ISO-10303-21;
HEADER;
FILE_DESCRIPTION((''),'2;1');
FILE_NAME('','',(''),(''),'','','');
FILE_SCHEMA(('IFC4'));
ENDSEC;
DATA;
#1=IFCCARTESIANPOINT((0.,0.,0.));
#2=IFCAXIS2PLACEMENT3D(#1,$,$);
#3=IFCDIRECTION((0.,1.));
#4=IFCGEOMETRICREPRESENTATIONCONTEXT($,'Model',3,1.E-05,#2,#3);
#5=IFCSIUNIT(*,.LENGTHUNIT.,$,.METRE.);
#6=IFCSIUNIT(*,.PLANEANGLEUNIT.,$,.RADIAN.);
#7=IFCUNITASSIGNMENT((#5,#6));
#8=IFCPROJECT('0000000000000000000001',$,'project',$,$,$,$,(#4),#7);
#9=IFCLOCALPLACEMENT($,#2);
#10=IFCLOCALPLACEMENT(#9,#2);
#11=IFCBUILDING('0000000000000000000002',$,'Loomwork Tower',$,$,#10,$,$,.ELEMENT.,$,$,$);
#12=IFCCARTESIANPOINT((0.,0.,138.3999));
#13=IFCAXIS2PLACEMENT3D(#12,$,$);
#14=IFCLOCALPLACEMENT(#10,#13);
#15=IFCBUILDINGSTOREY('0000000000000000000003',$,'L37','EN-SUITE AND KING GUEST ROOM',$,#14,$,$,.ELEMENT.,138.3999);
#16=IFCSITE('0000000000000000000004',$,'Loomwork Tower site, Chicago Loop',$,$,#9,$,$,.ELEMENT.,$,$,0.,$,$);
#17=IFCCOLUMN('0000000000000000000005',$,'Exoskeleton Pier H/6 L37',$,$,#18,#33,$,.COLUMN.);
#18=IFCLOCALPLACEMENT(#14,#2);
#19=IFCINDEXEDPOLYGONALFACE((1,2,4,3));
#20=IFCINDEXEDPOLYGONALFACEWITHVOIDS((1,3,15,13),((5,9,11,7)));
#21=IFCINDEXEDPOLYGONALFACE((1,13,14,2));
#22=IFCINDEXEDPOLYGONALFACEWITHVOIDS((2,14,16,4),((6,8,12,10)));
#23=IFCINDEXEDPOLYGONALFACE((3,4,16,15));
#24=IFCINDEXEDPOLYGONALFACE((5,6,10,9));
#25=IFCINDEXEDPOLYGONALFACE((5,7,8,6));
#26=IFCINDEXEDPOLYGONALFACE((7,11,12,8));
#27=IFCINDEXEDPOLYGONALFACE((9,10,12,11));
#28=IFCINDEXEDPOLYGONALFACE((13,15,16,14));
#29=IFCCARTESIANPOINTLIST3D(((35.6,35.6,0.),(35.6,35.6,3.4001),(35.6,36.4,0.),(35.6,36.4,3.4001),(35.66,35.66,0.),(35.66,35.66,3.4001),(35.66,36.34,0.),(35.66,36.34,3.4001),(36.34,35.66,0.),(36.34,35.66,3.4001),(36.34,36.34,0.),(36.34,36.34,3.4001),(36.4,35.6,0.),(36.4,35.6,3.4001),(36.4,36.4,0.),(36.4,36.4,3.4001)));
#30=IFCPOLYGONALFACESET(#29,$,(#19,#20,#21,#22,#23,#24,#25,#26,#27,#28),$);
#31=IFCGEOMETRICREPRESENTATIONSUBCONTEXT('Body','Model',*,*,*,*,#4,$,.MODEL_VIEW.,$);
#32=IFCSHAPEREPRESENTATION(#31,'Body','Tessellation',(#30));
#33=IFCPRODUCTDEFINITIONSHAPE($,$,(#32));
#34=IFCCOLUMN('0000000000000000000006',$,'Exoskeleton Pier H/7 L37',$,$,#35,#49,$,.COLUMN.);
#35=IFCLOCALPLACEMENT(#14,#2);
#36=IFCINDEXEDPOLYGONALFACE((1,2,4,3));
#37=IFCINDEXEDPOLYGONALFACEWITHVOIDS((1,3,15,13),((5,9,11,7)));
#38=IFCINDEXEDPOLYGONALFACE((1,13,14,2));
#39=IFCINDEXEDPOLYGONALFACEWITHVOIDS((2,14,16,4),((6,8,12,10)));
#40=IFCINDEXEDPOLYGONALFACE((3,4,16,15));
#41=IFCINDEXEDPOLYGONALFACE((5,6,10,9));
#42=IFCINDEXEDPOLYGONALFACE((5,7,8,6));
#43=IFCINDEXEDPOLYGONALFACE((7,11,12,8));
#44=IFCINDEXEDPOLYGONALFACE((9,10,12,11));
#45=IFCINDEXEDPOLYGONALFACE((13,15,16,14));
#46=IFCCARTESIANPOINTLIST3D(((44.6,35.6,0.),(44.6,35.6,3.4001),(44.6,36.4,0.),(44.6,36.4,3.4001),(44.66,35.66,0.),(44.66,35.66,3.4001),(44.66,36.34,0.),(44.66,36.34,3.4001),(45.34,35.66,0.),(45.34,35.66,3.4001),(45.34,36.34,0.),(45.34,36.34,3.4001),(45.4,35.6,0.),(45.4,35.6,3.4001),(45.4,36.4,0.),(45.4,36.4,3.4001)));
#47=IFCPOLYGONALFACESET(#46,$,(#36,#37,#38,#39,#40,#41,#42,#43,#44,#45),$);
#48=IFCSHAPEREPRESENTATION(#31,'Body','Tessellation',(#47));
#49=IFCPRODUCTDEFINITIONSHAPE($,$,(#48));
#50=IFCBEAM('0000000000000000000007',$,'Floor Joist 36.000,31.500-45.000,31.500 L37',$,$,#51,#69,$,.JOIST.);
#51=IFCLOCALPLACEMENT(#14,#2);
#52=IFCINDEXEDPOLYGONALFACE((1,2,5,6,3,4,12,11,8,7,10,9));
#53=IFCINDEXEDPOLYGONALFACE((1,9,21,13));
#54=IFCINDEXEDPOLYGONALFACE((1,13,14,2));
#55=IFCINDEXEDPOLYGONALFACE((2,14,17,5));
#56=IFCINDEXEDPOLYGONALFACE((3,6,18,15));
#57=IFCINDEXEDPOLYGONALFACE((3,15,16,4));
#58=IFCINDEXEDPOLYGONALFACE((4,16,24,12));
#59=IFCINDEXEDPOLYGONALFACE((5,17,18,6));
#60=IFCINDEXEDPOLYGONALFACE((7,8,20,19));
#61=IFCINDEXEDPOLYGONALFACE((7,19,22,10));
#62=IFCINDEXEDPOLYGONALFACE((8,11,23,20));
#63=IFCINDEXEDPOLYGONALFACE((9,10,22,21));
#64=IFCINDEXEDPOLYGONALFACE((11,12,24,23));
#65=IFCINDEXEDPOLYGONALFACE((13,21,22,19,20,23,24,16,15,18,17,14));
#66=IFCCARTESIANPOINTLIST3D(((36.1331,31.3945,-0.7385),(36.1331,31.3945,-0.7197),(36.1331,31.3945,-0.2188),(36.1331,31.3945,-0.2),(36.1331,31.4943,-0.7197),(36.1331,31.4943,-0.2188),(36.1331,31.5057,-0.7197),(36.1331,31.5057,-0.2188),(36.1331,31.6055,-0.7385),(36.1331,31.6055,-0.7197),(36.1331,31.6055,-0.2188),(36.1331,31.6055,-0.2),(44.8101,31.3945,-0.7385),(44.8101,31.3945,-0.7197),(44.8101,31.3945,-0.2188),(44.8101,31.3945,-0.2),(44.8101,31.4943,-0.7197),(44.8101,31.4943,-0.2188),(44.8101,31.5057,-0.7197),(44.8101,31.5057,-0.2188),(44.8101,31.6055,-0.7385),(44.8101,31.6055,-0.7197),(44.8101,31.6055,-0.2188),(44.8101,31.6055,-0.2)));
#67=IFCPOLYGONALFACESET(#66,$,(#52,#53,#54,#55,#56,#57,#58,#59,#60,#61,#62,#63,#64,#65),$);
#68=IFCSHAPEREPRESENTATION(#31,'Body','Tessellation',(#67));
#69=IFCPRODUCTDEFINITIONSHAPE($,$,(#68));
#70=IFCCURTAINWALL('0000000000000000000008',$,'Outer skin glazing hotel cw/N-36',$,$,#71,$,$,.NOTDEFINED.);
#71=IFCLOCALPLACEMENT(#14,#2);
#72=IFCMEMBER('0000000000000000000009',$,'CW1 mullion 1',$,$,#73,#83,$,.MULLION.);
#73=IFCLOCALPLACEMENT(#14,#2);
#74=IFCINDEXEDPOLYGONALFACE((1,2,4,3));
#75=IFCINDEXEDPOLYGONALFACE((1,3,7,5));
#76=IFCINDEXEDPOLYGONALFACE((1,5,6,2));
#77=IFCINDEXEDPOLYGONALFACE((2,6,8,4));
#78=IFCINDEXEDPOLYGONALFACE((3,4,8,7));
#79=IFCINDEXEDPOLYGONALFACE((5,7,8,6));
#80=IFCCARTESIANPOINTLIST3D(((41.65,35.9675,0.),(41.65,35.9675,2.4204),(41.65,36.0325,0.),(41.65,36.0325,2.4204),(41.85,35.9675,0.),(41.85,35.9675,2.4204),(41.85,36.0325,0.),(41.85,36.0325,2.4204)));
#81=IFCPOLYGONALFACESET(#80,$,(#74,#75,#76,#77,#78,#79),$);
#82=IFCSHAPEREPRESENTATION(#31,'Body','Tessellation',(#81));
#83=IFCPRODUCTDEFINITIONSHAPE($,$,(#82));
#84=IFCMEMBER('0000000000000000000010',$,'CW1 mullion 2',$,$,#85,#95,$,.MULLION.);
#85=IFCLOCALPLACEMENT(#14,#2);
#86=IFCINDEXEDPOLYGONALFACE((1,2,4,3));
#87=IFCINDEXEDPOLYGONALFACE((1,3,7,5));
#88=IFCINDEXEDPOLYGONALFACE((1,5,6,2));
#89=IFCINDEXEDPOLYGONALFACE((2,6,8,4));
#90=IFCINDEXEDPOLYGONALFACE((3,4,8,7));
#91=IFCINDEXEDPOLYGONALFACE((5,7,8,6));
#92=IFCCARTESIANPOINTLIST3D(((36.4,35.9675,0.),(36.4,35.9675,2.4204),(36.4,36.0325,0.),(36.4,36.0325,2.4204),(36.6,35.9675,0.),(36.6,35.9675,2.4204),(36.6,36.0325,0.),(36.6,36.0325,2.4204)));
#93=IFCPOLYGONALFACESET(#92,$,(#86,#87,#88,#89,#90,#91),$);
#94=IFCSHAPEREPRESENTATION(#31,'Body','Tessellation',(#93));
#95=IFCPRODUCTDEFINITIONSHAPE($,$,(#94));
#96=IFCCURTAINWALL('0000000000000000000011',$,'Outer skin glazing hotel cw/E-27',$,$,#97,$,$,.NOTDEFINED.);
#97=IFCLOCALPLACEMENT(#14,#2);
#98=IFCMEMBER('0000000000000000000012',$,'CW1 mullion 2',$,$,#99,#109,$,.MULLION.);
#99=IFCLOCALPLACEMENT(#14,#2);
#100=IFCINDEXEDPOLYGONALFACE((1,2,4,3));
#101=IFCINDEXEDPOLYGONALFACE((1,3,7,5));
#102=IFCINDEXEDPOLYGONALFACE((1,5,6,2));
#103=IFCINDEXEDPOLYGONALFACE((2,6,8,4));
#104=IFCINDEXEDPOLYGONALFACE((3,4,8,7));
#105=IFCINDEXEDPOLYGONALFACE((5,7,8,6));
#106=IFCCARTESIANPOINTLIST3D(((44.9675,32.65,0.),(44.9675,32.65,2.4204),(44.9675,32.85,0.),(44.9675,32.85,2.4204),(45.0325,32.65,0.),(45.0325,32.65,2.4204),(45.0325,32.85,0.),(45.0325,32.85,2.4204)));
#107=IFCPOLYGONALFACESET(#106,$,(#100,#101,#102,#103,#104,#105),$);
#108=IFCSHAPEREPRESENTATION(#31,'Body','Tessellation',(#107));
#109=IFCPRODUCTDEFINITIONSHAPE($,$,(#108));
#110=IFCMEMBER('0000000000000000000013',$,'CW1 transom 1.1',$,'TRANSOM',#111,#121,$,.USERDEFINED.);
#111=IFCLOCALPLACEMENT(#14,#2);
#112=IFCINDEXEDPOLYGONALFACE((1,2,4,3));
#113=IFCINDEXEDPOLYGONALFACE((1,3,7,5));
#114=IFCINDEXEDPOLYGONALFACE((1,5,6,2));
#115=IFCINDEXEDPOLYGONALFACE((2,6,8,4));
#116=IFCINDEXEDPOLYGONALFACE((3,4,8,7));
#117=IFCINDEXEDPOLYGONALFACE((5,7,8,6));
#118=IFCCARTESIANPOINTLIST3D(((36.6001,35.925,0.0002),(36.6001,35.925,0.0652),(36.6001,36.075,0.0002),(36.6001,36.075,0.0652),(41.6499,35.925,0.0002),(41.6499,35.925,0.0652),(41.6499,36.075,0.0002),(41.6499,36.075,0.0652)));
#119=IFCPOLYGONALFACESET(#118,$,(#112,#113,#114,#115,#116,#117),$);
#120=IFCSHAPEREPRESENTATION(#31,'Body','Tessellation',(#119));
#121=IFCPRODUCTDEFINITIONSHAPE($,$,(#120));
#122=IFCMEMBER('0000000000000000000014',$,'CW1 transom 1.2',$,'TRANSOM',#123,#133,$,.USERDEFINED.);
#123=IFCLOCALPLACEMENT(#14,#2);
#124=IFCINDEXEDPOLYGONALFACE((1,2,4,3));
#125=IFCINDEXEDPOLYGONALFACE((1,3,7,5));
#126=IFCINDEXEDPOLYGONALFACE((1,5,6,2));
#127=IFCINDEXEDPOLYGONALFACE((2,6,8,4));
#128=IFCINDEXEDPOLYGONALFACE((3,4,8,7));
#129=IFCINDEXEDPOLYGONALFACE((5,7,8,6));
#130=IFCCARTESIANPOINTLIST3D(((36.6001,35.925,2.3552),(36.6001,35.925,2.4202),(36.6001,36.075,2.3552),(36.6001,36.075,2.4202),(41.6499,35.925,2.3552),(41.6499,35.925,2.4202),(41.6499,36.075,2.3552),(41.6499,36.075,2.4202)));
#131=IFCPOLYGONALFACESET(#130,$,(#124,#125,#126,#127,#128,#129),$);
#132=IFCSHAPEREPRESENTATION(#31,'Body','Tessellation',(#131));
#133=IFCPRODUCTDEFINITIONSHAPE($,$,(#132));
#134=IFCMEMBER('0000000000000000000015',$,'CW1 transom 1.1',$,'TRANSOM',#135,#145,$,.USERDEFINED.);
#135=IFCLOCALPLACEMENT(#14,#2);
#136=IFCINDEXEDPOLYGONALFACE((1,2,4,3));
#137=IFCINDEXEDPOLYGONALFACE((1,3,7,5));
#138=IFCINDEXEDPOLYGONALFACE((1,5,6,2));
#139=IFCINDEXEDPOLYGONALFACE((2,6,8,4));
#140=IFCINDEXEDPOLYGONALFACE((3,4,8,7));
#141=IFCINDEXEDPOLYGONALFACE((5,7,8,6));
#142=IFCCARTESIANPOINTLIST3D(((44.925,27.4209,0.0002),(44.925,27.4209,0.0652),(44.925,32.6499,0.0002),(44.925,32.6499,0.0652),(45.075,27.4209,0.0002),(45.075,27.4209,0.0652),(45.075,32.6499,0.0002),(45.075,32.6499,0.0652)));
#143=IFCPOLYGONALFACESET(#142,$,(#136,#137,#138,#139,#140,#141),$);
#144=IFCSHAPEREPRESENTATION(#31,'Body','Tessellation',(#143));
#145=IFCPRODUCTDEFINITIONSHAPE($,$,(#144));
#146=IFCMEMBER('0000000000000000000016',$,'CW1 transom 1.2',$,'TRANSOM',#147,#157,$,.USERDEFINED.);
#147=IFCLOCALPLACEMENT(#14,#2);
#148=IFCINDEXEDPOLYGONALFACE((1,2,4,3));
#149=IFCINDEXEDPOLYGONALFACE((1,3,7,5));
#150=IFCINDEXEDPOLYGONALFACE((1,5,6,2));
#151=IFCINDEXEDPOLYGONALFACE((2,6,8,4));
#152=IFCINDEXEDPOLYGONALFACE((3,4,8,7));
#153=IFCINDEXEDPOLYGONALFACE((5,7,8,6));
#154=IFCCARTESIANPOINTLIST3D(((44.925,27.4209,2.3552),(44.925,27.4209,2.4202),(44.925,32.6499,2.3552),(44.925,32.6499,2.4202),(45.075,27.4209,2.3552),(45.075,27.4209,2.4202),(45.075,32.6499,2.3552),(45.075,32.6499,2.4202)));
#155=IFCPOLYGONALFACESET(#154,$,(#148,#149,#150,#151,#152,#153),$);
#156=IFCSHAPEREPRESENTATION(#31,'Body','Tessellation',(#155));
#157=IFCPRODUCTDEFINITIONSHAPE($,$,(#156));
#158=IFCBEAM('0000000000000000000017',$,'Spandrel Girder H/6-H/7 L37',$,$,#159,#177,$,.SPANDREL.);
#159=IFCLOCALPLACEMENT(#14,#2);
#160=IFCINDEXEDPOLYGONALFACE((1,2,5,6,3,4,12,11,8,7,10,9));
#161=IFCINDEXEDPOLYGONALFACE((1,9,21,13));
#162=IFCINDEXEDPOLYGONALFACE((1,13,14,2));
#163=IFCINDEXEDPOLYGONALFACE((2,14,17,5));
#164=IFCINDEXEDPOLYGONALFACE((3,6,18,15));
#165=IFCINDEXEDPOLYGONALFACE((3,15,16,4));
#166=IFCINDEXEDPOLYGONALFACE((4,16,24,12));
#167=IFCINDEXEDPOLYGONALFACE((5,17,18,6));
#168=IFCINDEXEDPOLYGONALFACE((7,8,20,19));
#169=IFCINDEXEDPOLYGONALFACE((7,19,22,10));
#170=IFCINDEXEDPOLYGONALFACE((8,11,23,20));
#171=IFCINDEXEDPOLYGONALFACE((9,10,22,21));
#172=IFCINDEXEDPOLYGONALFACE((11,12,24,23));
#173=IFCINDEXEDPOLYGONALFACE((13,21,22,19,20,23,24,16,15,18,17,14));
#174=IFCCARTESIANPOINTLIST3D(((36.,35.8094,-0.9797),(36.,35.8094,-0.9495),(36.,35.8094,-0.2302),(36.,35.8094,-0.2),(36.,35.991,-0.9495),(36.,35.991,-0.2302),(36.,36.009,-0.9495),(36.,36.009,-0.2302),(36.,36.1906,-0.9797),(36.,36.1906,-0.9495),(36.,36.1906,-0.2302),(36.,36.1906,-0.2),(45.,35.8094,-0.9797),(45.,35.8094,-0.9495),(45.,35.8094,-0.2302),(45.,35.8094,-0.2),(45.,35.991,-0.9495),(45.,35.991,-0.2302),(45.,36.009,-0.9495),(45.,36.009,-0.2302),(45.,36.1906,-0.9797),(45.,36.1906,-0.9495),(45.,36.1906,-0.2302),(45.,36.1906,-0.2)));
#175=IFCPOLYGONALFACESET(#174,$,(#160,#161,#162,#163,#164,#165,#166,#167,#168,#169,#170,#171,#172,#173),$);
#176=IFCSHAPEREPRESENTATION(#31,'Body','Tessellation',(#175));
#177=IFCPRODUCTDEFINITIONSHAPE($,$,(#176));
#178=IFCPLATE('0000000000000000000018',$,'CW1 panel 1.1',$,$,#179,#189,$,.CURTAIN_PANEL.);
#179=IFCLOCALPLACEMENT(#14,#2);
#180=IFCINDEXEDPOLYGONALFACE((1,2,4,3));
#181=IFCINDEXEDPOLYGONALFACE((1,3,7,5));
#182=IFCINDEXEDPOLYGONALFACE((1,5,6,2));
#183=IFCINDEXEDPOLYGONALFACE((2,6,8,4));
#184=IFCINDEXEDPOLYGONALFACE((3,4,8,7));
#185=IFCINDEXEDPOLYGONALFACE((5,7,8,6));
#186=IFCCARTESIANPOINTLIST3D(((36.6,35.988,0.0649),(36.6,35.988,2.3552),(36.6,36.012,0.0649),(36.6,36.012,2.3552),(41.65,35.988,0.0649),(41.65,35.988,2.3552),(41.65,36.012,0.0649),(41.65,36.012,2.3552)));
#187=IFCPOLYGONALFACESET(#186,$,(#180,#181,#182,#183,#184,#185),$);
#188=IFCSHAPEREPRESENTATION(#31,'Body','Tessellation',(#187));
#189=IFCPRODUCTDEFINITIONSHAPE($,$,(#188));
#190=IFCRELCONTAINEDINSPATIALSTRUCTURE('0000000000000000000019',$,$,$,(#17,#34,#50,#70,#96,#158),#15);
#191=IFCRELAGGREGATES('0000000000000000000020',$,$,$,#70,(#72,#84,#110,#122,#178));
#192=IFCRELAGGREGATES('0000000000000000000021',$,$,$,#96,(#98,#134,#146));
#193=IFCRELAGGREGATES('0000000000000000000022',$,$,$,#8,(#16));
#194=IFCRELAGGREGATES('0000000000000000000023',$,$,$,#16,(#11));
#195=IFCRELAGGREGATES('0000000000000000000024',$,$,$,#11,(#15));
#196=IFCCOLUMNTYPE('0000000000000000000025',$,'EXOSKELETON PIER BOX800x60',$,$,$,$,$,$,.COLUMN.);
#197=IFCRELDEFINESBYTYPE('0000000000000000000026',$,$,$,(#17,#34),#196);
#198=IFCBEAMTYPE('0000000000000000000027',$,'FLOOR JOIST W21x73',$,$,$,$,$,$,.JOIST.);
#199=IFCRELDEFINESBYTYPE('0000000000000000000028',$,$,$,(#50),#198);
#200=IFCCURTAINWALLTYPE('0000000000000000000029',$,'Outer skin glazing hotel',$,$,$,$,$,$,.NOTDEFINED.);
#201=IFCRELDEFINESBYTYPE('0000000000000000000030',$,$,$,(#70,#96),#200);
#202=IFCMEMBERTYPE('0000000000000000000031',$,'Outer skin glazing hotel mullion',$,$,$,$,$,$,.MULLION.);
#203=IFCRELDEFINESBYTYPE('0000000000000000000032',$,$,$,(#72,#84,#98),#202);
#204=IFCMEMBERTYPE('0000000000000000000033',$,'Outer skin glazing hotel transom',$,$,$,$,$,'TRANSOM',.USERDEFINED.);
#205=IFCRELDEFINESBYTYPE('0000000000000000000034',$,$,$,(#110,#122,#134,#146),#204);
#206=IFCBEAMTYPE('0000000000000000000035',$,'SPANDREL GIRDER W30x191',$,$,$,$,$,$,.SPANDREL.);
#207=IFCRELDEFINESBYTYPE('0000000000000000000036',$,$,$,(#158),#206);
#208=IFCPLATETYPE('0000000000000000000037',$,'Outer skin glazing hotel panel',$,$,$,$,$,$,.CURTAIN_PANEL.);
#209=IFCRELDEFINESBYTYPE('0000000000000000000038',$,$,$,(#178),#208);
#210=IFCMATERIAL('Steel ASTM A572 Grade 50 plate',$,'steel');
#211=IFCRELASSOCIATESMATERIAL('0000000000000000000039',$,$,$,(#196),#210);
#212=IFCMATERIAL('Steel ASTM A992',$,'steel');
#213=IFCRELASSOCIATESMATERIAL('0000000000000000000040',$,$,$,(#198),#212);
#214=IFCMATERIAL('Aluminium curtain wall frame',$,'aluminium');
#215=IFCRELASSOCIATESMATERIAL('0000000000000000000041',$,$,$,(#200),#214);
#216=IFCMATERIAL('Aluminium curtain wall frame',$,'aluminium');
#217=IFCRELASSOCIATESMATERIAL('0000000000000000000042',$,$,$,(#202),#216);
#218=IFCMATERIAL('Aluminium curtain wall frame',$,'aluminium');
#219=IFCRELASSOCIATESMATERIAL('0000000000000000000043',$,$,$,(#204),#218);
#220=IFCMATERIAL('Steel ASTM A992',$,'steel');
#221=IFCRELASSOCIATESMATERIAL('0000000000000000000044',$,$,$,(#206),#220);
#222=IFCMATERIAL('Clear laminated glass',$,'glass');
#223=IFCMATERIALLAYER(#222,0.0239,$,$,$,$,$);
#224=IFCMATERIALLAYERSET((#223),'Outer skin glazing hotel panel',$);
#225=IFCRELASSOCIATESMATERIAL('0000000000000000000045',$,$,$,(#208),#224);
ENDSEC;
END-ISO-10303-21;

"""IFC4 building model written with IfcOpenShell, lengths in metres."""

from ifc_helpers import new_model, si_unit, direction, frame, origin, origin_2d, place, context, subcontext, project, spatial, rectangle, hollow_rectangle, i_section, extrude, material, layer, layer_set, material_profile, profile_set, type_object, element, aggregate, save


model = new_model("IFC4")

# Units and contexts
model_context = context("Model", 3, precision=1e-05, world=origin(), true_north=direction((0.0, 1.0)))
body_context = subcontext(model_context, "Body", "Model", "MODEL_VIEW")
ifc_project = project(units=[si_unit("LENGTHUNIT", "METRE"), si_unit("PLANEANGLEUNIT", "RADIAN")], contexts=[model_context])

# Site, building, storey
site_placement = place(None, origin())
site = spatial("IfcSite", under=ifc_project, at=site_placement, Name="Loomwork Tower site, Chicago Loop", CompositionType="ELEMENT", RefElevation=0.0)
building_placement = place(site_placement, origin())
building = spatial("IfcBuilding", under=site, at=building_placement, Name="Loomwork Tower", CompositionType="ELEMENT")
storey_placement = place(building_placement, frame((0.0, 0.0, 138.3999)))
storey = spatial("IfcBuildingStorey", under=building, at=storey_placement, Name="L37", Description="EN-SUITE AND KING GUEST ROOM", CompositionType="ELEMENT", Elevation=138.3999)

# Columns
ifc_material_1 = material(Name="Steel ASTM A572 Grade 50 plate", Category="steel")
ifc_material_profile_1 = material_profile(ifc_material_1, hollow_rectangle(XDim=0.8, YDim=0.8, WallThickness=0.0601, at=origin_2d()), Name="BOX800x60")
ifc_profile_set_1 = profile_set([ifc_material_profile_1], Name="Steel ASTM A572 Grade 50 plate")
column_type = type_object("IfcColumnType", Name="EXOSKELETON PIER BOX800x60", PredefinedType="COLUMN", material=ifc_profile_set_1)
for number, where, z_axis, x_axis, name in (
    (1, (36.0, 36.0, 0.0), (0.0, 0.0, 1.0), (1.0, 0.0, 0.0), "Exoskeleton Pier H/6 L37"),
    (2, (45.0, 36.0, 0.0), (0.0, 0.0, 1.0), (1.0, 0.0, 0.0), "Exoskeleton Pier H/7 L37"),
):
    element("IfcColumn", number, at=place(storey_placement, frame(where, z_axis=z_axis, x_axis=x_axis)), inside=storey, type_object=column_type, Name=name, PredefinedType="COLUMN", context=body_context, shape_type="SweptSolid", body=[
        extrude(hollow_rectangle(XDim=0.8, YDim=0.8, WallThickness=0.0601, at=origin_2d()), origin(), (0.0, 0.0, 1.0), 3.4001),
    ])

# Beam
ifc_material_2 = material(Name="Steel ASTM A992", Category="steel")
ifc_material_profile_2 = material_profile(ifc_material_2, i_section(OverallWidth=0.2109, OverallDepth=0.5386, WebThickness=0.0115, FlangeThickness=0.0188, at=origin_2d()), Name="W21x73")
ifc_profile_set_2 = profile_set([ifc_material_profile_2], Name="Steel ASTM A992")
beam_type_1 = type_object("IfcBeamType", Name="FLOOR JOIST W21x73", PredefinedType="JOIST", material=ifc_profile_set_2)
beam_1_placement = place(storey_placement, frame((36.1331, 31.5, -0.4692), z_axis=(1.0, 0.0, 0.0), x_axis=(0.0, 1.0, 0.0)))
element("IfcBeam", 3, at=beam_1_placement, inside=storey, type_object=beam_type_1, Name="Floor Joist 36.000,31.500-45.000,31.500 L37", PredefinedType="JOIST", context=body_context, shape_type="SweptSolid", body=[
    extrude(i_section(OverallWidth=0.2109, OverallDepth=0.5386, WebThickness=0.0115, FlangeThickness=0.0188, at=origin_2d()), origin(), (0.0, 0.0, 1.0), 8.677),
])

# Curtain wall, members
ifc_material_3 = material(Name="Aluminium curtain wall frame", Category="aluminium")
curtain_wall_type = type_object("IfcCurtainWallType", Name="Outer skin glazing hotel", PredefinedType="NOTDEFINED", material=ifc_material_3)
curtain_wall_1_placement = place(storey_placement, origin())
curtain_wall_1 = element("IfcCurtainWall", 4, at=curtain_wall_1_placement, inside=storey, type_object=curtain_wall_type, Name="Outer skin glazing hotel cw/N-36", PredefinedType="NOTDEFINED")
ifc_material_4 = material(Name="Aluminium curtain wall frame", Category="aluminium")
ifc_material_profile_3 = material_profile(ifc_material_4, rectangle(XDim=0.0649, YDim=0.2, at=origin_2d()), Name="AL 65x200")
ifc_profile_set_3 = profile_set([ifc_material_profile_3], Name="Aluminium curtain wall frame")
member_type_1 = type_object("IfcMemberType", Name="Outer skin glazing hotel mullion", PredefinedType="MULLION", material=ifc_profile_set_3)
member_1_placement = place(storey_placement, frame((41.75, 36.0, 0.0), z_axis=(0.0, 0.0, 1.0), x_axis=(0.0, -1.0, 0.0)))
member_1 = element("IfcMember", 5, at=member_1_placement, type_object=member_type_1, Name="CW1 mullion 1", PredefinedType="MULLION", context=body_context, shape_type="SweptSolid", body=[
    extrude(rectangle(XDim=0.0649, YDim=0.2, at=origin_2d()), origin(), (0.0, 0.0, 1.0), 2.4204),
])
member_2_placement = place(storey_placement, frame((36.5, 36.0, 0.0), z_axis=(0.0, 0.0, 1.0), x_axis=(0.0, -1.0, 0.0)))
member_2 = element("IfcMember", 6, at=member_2_placement, type_object=member_type_1, Name="CW1 mullion 2", PredefinedType="MULLION", context=body_context, shape_type="SweptSolid", body=[
    extrude(rectangle(XDim=0.0649, YDim=0.2, at=origin_2d()), origin(), (0.0, 0.0, 1.0), 2.4204),
])

# Curtain wall, member
curtain_wall_2_placement = place(storey_placement, origin())
curtain_wall_2 = element("IfcCurtainWall", 7, at=curtain_wall_2_placement, inside=storey, type_object=curtain_wall_type, Name="Outer skin glazing hotel cw/E-27", PredefinedType="NOTDEFINED")
member_3_placement = place(storey_placement, frame((45.0, 32.75, 0.0), z_axis=(0.0, 0.0, 1.0), x_axis=(-1.0, 0.0, 0.0)))
member_3 = element("IfcMember", 8, at=member_3_placement, type_object=member_type_1, Name="CW1 mullion 2", PredefinedType="MULLION", context=body_context, shape_type="SweptSolid", body=[
    extrude(rectangle(XDim=0.0649, YDim=0.2, at=origin_2d()), origin(), (0.0, 0.0, 1.0), 2.4204),
])

# Members
ifc_material_5 = material(Name="Aluminium curtain wall frame", Category="aluminium")
ifc_material_profile_4 = material_profile(ifc_material_5, rectangle(XDim=0.1499, YDim=0.0649, at=origin_2d()), Name="AL 65x150")
ifc_profile_set_4 = profile_set([ifc_material_profile_4], Name="Aluminium curtain wall frame")
member_type_2 = type_object("IfcMemberType", Name="Outer skin glazing hotel transom", ElementType="TRANSOM", PredefinedType="USERDEFINED", material=ifc_profile_set_4)
member_4_placement = place(storey_placement, frame((41.6499, 36.0, 0.0327), z_axis=(-1.0, 0.0, 0.0), x_axis=(0.0, -1.0, 0.0)))
member_4 = element("IfcMember", 9, at=member_4_placement, type_object=member_type_2, Name="CW1 transom 1.1", ObjectType="TRANSOM", PredefinedType="USERDEFINED", context=body_context, shape_type="SweptSolid", body=[
    extrude(rectangle(XDim=0.1499, YDim=0.0649, at=origin_2d()), origin(), (0.0, 0.0, 1.0), 5.0498),
])
member_5_placement = place(storey_placement, frame((41.6499, 36.0, 2.3877), z_axis=(-1.0, 0.0, 0.0), x_axis=(0.0, -1.0, 0.0)))
member_5 = element("IfcMember", 10, at=member_5_placement, type_object=member_type_2, Name="CW1 transom 1.2", ObjectType="TRANSOM", PredefinedType="USERDEFINED", context=body_context, shape_type="SweptSolid", body=[
    extrude(rectangle(XDim=0.1499, YDim=0.0649, at=origin_2d()), origin(), (0.0, 0.0, 1.0), 5.0498),
])
member_6_placement = place(storey_placement, frame((45.0, 27.4209, 0.0327), z_axis=(0.0, 1.0, 0.0), x_axis=(-1.0, 0.0, 0.0)))
member_6 = element("IfcMember", 11, at=member_6_placement, type_object=member_type_2, Name="CW1 transom 1.1", ObjectType="TRANSOM", PredefinedType="USERDEFINED", context=body_context, shape_type="SweptSolid", body=[
    extrude(rectangle(XDim=0.1499, YDim=0.0649, at=origin_2d()), origin(), (0.0, 0.0, 1.0), 5.229),
])
member_7_placement = place(storey_placement, frame((45.0, 27.4209, 2.3877), z_axis=(0.0, 1.0, 0.0), x_axis=(-1.0, 0.0, 0.0)))
member_7 = element("IfcMember", 12, at=member_7_placement, type_object=member_type_2, Name="CW1 transom 1.2", ObjectType="TRANSOM", PredefinedType="USERDEFINED", context=body_context, shape_type="SweptSolid", body=[
    extrude(rectangle(XDim=0.1499, YDim=0.0649, at=origin_2d()), origin(), (0.0, 0.0, 1.0), 5.229),
])

# Beam
ifc_material_6 = material(Name="Steel ASTM A992", Category="steel")
ifc_material_profile_5 = material_profile(ifc_material_6, i_section(OverallWidth=0.3811, OverallDepth=0.7798, WebThickness=0.0181, FlangeThickness=0.0303, at=origin_2d()), Name="W30x191")
ifc_profile_set_5 = profile_set([ifc_material_profile_5], Name="Steel ASTM A992")
beam_type_2 = type_object("IfcBeamType", Name="SPANDREL GIRDER W30x191", PredefinedType="SPANDREL", material=ifc_profile_set_5)
beam_2_placement = place(storey_placement, frame((36.0, 36.0, -0.5898), z_axis=(1.0, 0.0, 0.0), x_axis=(0.0, 1.0, 0.0)))
element("IfcBeam", 13, at=beam_2_placement, inside=storey, type_object=beam_type_2, Name="Spandrel Girder H/6-H/7 L37", PredefinedType="SPANDREL", context=body_context, shape_type="SweptSolid", body=[
    extrude(i_section(OverallWidth=0.3811, OverallDepth=0.7798, WebThickness=0.0181, FlangeThickness=0.0303, at=origin_2d()), origin(), (0.0, 0.0, 1.0), 9.0),
])

# Plate
ifc_material_7 = material(Name="Clear laminated glass", Category="glass")
ifc_layer_1 = layer(ifc_material_7, 0.0239)
ifc_layer_set_1 = layer_set([ifc_layer_1], Name="Outer skin glazing hotel panel")
plate_type = type_object("IfcPlateType", Name="Outer skin glazing hotel panel", PredefinedType="CURTAIN_PANEL", material=ifc_layer_set_1)
plate_1_placement = place(storey_placement, frame((39.125, 36.0, 0.0649), z_axis=(0.0, 0.0, 1.0), x_axis=(-1.0, 0.0, 0.0)))
plate_1 = element("IfcPlate", 14, at=plate_1_placement, type_object=plate_type, Name="CW1 panel 1.1", PredefinedType="CURTAIN_PANEL", context=body_context, shape_type="SweptSolid", body=[
    extrude(rectangle(XDim=5.05, YDim=0.0239, at=origin_2d()), origin(), (0.0, 0.0, 1.0), 2.2903),
])
aggregate(curtain_wall_1, [member_1, member_2, member_4, member_5, plate_1])
aggregate(curtain_wall_2, [member_3, member_6, member_7])

save(model, "model.ifc")
